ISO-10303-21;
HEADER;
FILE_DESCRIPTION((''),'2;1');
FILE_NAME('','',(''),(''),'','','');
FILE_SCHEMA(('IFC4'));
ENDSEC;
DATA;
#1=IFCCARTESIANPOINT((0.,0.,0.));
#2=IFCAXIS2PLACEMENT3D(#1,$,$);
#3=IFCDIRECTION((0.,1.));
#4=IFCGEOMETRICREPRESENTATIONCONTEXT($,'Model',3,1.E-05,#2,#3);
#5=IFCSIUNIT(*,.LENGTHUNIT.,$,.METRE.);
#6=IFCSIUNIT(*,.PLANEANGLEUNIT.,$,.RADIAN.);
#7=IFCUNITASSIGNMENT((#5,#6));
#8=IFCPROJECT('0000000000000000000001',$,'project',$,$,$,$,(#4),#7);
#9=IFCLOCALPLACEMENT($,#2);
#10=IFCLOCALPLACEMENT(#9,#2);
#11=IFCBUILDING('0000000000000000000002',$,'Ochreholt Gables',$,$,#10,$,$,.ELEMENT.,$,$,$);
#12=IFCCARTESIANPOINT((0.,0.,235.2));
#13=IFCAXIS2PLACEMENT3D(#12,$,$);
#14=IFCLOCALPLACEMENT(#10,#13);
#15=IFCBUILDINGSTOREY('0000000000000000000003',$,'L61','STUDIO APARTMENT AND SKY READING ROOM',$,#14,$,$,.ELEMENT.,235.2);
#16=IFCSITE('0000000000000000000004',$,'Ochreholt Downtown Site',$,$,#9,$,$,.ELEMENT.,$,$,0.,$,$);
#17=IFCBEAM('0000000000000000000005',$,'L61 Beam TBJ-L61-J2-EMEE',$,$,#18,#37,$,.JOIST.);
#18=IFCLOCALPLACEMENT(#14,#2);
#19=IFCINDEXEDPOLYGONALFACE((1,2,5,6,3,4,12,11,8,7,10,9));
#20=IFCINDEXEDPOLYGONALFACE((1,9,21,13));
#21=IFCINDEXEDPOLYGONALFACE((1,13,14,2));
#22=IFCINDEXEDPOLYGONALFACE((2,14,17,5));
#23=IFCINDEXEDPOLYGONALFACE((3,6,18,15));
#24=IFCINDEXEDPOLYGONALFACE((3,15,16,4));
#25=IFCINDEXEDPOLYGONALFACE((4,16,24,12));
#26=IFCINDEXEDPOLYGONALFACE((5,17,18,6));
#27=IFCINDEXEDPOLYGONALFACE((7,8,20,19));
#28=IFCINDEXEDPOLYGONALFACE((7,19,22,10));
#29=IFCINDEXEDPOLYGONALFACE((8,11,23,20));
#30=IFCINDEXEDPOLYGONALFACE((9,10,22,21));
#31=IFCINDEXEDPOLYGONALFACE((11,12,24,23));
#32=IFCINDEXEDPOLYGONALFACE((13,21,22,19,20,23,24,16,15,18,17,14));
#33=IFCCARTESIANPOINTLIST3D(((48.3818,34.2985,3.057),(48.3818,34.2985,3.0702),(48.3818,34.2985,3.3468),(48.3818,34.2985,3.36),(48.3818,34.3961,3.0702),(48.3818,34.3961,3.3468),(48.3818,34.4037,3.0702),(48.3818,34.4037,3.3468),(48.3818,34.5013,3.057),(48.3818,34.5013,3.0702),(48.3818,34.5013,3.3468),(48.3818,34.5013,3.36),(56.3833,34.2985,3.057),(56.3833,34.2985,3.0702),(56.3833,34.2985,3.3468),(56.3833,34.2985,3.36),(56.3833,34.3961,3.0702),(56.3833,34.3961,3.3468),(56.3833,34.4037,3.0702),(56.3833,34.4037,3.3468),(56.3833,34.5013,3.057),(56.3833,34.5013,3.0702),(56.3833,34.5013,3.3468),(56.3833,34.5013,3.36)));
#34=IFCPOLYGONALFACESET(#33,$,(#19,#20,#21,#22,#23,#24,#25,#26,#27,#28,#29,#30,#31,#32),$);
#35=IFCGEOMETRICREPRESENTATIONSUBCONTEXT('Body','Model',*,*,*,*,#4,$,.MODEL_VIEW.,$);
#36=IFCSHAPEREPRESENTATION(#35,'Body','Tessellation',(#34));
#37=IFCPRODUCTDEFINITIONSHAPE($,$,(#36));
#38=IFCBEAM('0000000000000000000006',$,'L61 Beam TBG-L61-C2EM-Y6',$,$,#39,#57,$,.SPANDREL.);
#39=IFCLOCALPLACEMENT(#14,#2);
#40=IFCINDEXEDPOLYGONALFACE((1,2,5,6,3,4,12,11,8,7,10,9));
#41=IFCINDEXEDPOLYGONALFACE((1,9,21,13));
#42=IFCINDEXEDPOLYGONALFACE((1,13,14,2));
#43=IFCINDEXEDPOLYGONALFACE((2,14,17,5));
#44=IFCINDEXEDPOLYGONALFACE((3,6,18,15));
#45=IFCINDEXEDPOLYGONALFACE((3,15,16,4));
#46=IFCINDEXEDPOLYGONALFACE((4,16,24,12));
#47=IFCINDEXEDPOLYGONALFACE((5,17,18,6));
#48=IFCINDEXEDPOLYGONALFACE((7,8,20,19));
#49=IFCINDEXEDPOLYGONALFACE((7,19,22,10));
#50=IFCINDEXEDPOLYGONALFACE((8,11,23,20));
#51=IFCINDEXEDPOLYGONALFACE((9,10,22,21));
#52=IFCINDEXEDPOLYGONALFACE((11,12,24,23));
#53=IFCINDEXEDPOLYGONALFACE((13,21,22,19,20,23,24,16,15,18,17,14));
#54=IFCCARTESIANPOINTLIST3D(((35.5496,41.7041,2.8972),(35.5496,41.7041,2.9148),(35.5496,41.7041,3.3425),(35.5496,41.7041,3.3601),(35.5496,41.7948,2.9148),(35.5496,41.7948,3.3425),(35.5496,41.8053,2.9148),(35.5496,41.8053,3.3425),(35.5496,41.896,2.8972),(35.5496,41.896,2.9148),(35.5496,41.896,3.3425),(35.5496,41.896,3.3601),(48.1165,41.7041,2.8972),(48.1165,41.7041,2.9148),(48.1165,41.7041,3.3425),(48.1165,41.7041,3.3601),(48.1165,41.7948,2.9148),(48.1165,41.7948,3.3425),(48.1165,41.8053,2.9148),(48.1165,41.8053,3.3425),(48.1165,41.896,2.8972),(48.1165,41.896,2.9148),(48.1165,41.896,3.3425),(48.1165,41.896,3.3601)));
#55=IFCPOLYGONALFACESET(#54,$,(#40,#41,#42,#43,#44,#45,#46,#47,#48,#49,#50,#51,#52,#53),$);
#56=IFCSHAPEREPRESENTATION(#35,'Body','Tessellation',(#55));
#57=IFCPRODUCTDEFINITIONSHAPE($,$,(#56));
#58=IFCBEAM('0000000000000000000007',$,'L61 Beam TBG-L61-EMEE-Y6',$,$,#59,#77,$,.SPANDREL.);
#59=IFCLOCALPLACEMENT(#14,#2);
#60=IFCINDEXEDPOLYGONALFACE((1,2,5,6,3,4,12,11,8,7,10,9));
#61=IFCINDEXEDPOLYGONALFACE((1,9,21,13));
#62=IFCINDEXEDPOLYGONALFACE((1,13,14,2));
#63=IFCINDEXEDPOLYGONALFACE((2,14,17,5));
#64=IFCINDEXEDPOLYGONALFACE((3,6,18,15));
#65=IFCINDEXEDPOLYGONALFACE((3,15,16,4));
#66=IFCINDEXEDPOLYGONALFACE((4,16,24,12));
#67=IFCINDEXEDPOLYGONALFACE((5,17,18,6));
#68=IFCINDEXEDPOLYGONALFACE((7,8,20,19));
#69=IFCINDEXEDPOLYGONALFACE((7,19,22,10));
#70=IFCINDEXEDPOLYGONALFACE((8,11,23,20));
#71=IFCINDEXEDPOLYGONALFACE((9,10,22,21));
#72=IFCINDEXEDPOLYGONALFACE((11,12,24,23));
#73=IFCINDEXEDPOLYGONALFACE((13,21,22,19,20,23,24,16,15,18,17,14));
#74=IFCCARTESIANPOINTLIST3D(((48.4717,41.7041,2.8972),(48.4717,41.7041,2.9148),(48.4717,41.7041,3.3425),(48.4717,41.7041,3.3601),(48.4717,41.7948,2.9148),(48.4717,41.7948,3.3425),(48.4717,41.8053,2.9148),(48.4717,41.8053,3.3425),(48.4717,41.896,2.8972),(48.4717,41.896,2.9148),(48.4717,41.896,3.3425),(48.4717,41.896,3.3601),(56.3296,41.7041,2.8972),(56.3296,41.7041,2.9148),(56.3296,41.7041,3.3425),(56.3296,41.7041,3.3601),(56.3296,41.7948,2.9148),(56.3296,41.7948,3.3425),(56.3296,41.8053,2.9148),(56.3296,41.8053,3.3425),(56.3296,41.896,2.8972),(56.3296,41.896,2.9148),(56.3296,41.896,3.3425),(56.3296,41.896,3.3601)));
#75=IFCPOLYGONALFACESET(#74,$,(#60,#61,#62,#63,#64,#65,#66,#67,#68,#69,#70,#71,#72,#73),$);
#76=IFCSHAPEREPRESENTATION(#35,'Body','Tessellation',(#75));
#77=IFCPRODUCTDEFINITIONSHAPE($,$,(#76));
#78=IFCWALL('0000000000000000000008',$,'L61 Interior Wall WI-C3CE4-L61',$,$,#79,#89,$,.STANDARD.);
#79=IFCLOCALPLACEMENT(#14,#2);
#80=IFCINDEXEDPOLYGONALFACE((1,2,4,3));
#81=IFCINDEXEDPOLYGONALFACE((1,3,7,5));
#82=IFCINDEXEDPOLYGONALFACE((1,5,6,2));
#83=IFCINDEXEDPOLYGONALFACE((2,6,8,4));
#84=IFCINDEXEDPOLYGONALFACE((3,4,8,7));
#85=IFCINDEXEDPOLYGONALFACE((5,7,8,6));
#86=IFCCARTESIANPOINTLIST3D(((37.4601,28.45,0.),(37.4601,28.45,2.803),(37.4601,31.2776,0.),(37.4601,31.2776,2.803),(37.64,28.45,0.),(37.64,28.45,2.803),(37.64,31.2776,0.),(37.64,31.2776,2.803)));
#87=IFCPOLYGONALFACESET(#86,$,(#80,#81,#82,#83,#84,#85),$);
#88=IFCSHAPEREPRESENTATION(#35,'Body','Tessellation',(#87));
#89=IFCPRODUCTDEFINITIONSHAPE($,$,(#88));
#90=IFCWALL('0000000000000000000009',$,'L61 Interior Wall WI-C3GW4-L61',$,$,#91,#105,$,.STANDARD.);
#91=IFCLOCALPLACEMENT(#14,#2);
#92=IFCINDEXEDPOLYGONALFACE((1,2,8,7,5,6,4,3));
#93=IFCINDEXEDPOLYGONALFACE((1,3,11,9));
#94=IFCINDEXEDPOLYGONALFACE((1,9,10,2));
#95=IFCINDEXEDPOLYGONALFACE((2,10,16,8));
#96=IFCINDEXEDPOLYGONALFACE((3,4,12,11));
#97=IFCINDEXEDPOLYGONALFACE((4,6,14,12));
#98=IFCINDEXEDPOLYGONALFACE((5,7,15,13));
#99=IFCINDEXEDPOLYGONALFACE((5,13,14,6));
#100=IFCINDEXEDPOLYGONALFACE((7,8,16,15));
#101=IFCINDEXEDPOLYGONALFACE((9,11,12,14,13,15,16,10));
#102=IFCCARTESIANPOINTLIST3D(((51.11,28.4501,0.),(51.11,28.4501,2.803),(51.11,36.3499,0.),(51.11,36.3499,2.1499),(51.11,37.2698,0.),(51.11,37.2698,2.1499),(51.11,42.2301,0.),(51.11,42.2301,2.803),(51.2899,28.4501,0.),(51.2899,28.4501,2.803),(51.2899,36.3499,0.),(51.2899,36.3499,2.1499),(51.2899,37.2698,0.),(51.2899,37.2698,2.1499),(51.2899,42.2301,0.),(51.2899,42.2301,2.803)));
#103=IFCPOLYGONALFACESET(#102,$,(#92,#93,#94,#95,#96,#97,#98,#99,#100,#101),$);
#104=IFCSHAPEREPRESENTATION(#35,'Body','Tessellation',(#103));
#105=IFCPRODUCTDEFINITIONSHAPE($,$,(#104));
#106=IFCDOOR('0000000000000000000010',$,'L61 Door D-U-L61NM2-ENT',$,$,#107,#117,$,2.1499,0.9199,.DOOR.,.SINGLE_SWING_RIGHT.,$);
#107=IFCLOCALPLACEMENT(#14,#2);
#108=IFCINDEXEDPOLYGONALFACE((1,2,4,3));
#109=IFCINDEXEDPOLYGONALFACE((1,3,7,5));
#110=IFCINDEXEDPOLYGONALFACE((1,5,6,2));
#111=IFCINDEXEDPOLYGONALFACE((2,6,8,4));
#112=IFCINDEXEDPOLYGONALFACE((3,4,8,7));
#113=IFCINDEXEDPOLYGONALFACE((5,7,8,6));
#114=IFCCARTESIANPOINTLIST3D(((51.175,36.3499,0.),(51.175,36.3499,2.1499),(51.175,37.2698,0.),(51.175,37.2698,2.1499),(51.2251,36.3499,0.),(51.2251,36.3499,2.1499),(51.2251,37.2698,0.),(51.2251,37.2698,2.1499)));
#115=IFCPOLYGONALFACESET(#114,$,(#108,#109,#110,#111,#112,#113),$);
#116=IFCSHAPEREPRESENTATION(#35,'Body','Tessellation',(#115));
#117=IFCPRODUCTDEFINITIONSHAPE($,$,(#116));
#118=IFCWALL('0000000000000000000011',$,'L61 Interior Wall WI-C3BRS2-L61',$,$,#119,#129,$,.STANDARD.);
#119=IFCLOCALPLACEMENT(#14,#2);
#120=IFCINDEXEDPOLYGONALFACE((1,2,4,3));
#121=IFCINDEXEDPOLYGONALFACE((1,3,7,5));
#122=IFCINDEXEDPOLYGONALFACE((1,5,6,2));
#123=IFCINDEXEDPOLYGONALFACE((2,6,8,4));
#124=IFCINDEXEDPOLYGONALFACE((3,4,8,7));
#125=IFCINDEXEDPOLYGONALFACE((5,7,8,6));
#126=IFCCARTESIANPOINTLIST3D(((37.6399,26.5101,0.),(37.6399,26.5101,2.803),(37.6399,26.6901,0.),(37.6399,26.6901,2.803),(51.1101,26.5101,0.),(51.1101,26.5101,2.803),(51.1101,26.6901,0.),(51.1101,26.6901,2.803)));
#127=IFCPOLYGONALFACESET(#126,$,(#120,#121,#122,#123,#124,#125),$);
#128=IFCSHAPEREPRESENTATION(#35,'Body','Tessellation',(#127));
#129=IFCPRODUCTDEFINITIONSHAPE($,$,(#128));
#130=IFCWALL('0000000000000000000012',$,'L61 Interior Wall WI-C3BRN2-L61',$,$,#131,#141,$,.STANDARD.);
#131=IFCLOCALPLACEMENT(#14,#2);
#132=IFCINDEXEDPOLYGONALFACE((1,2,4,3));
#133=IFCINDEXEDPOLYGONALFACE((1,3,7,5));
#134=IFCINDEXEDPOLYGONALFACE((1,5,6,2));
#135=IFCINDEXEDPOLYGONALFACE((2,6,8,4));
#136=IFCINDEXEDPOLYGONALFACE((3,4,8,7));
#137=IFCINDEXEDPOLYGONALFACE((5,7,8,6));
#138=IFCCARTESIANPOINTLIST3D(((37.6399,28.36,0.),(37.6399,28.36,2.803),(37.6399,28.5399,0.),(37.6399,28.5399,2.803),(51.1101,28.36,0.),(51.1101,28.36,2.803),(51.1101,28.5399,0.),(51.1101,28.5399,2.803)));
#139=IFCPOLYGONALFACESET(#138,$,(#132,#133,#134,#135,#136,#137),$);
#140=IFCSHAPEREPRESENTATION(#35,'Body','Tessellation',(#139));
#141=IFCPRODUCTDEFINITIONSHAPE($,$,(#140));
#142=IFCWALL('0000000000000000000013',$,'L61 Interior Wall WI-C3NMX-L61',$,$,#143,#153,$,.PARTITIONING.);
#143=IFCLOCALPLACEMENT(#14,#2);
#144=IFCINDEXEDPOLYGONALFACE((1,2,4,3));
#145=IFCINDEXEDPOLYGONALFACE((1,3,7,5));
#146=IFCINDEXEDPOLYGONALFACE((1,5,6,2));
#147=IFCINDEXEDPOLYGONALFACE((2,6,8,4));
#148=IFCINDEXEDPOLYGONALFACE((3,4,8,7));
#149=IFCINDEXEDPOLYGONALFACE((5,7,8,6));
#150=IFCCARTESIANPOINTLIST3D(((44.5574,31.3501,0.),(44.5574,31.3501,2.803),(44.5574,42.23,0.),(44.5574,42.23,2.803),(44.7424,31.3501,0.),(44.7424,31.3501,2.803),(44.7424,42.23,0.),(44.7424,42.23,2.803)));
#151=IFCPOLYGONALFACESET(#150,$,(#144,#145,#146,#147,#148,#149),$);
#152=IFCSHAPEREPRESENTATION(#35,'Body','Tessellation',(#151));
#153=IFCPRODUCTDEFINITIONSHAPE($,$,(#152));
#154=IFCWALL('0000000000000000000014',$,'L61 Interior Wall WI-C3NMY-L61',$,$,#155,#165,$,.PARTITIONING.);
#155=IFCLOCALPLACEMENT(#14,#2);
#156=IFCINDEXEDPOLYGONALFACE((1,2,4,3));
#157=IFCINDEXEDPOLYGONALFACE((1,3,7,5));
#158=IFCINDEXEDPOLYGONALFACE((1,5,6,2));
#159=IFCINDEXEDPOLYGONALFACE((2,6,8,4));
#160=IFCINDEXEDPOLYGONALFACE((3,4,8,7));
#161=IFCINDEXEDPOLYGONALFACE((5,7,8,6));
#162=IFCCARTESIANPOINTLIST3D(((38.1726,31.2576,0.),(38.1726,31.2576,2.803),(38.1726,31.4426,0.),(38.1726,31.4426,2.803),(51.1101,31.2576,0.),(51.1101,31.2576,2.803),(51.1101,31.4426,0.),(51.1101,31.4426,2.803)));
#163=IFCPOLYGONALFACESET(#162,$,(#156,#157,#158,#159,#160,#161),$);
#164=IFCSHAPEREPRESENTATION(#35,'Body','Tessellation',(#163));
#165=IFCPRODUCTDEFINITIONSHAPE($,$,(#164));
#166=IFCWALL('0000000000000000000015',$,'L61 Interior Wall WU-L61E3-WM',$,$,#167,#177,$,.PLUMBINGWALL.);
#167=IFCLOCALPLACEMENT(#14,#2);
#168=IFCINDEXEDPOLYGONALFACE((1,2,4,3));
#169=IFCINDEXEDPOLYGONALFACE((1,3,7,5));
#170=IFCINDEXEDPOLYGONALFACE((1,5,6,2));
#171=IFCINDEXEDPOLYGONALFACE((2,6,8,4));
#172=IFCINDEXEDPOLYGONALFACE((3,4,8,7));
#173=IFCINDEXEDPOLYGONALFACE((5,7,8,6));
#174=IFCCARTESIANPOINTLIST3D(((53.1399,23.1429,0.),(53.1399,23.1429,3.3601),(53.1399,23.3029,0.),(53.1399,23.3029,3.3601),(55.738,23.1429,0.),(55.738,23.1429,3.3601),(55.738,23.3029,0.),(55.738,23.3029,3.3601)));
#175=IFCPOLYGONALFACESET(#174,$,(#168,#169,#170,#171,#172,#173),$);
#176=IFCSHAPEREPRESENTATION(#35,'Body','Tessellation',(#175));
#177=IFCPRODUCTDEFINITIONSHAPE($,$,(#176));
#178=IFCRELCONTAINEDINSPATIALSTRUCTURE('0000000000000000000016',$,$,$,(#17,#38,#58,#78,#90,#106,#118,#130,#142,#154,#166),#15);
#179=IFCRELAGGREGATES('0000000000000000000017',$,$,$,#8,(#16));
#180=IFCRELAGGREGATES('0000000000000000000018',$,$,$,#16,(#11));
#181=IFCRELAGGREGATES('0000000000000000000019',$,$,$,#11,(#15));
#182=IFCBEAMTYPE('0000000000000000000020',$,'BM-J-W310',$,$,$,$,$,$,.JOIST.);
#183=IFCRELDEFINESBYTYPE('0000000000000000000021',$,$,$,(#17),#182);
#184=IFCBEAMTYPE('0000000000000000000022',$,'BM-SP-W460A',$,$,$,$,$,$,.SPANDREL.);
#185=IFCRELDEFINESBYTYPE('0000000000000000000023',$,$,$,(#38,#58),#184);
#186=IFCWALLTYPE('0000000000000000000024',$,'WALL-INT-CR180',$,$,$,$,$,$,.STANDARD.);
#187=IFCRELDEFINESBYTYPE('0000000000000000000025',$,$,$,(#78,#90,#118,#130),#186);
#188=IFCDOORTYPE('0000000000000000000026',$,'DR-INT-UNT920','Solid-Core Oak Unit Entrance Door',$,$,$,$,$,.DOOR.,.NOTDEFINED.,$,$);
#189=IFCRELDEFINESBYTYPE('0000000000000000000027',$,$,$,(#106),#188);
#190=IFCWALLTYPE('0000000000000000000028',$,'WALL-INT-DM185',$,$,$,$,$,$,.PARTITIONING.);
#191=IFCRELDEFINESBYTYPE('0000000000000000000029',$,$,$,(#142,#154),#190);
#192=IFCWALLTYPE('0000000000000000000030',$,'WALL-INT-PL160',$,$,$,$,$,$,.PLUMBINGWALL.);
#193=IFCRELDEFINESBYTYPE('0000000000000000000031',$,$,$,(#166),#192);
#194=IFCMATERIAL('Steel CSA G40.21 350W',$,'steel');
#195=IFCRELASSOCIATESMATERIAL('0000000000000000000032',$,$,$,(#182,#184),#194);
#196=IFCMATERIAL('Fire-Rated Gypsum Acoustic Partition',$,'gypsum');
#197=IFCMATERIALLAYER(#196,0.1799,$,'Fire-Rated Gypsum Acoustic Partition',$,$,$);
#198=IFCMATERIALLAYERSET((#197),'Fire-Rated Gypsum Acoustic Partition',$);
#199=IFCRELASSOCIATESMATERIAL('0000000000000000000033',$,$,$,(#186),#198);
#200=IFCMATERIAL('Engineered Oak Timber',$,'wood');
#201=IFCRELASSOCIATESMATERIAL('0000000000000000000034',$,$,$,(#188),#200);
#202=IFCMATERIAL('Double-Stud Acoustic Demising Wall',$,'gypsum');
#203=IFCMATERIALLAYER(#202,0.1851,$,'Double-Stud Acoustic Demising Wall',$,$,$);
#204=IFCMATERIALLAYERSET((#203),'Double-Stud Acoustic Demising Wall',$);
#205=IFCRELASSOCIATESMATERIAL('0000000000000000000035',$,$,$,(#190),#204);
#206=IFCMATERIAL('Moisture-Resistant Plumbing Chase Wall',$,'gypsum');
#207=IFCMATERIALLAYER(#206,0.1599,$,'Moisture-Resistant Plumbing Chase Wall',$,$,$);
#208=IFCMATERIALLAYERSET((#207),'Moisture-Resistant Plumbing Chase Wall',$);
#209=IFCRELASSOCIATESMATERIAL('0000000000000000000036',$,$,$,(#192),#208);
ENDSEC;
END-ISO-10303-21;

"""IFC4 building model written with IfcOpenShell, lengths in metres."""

from ifc_helpers import new_model, si_unit, direction, frame, frame_2d, origin, origin_2d, place, context, subcontext, project, spatial, rectangle, i_section, extrude, material, layer, layer_set, material_profile, profile_set, type_object, element, fill, save


model = new_model("IFC4")

# Units and contexts
model_context = context("Model", 3, precision=1e-05, world=origin(), true_north=direction((0.0, 1.0)))
body_context = subcontext(model_context, "Body", "Model", "MODEL_VIEW")
ifc_project = project(units=[si_unit("LENGTHUNIT", "METRE"), si_unit("PLANEANGLEUNIT", "RADIAN")], contexts=[model_context])

# Site, building, storey
site_placement = place(None, origin())
site = spatial("IfcSite", under=ifc_project, at=site_placement, Name="Ochreholt Downtown Site", CompositionType="ELEMENT", RefElevation=0.0)
building_placement = place(site_placement, origin())
building = spatial("IfcBuilding", under=site, at=building_placement, Name="Ochreholt Gables", CompositionType="ELEMENT")
storey_placement = place(building_placement, frame((0.0, 0.0, 235.2)))
storey = spatial("IfcBuildingStorey", under=building, at=storey_placement, Name="L61", Description="STUDIO APARTMENT AND SKY READING ROOM", CompositionType="ELEMENT", Elevation=235.2)

# Shared definitions
ifc_material_1 = material(Name="Steel CSA G40.21 350W", Category="steel")

# Beams
ifc_material_profile_1 = material_profile(ifc_material_1, i_section(OverallWidth=0.2029, OverallDepth=0.303, WebThickness=0.0076, FlangeThickness=0.0132, at=origin_2d()), Name="W310X60")
ifc_profile_set_1 = profile_set([ifc_material_profile_1], Name="Steel CSA G40.21 350W")
beam_type_1 = type_object("IfcBeamType", Name="BM-J-W310", PredefinedType="JOIST", material=ifc_profile_set_1)
beam_1_placement = place(storey_placement, frame((48.3818, 34.3999, 3.2085), z_axis=(1.0, 0.0, 0.0), x_axis=(0.0, 1.0, 0.0)))
element("IfcBeam", 1, at=beam_1_placement, inside=storey, type_object=beam_type_1, Name="L61 Beam TBJ-L61-J2-EMEE", PredefinedType="JOIST", context=body_context, shape_type="SweptSolid", body=[
    extrude(i_section(OverallWidth=0.2029, OverallDepth=0.303, WebThickness=0.0076, FlangeThickness=0.0132, at=origin_2d()), origin(), (0.0, 0.0, 1.0), 8.0015),
])
ifc_material_profile_2 = material_profile(ifc_material_1, i_section(OverallWidth=0.1919, OverallDepth=0.4629, WebThickness=0.0105, FlangeThickness=0.0176, at=origin_2d()), Name="W460X89")
ifc_profile_set_2 = profile_set([ifc_material_profile_2], Name="Steel CSA G40.21 350W")
beam_type_2 = type_object("IfcBeamType", Name="BM-SP-W460A", PredefinedType="SPANDREL", material=ifc_profile_set_2)
beam_2_placement = place(storey_placement, frame((35.5496, 41.8, 3.1287), z_axis=(1.0, 0.0, 0.0), x_axis=(0.0, 1.0, 0.0)))
element("IfcBeam", 2, at=beam_2_placement, inside=storey, type_object=beam_type_2, Name="L61 Beam TBG-L61-C2EM-Y6", PredefinedType="SPANDREL", context=body_context, shape_type="SweptSolid", body=[
    extrude(i_section(OverallWidth=0.1919, OverallDepth=0.4629, WebThickness=0.0105, FlangeThickness=0.0176, at=origin_2d()), origin(), (0.0, 0.0, 1.0), 12.5669),
])
beam_3_placement = place(storey_placement, frame((48.4717, 41.8, 3.1287), z_axis=(1.0, 0.0, 0.0), x_axis=(0.0, 1.0, 0.0)))
element("IfcBeam", 3, at=beam_3_placement, inside=storey, type_object=beam_type_2, Name="L61 Beam TBG-L61-EMEE-Y6", PredefinedType="SPANDREL", context=body_context, shape_type="SweptSolid", body=[
    extrude(i_section(OverallWidth=0.1919, OverallDepth=0.4629, WebThickness=0.0105, FlangeThickness=0.0176, at=origin_2d()), origin(), (0.0, 0.0, 1.0), 7.8579),
])

# Wall
ifc_material_2 = material(Name="Fire-Rated Gypsum Acoustic Partition", Category="gypsum")
ifc_layer_1 = layer(ifc_material_2, 0.1799, Name="Fire-Rated Gypsum Acoustic Partition")
ifc_layer_set_1 = layer_set([ifc_layer_1], Name="Fire-Rated Gypsum Acoustic Partition")
wall_type_1 = type_object("IfcWallType", Name="WALL-INT-CR180", PredefinedType="STANDARD", material=ifc_layer_set_1)
wall_1_placement = place(storey_placement, frame((37.55, 28.45, 0.0), z_axis=(0.0, 0.0, 1.0), x_axis=(0.0, 1.0, 0.0)))
element("IfcWall", 4, at=wall_1_placement, inside=storey, type_object=wall_type_1, Name="L61 Interior Wall WI-C3CE4-L61", PredefinedType="STANDARD", context=body_context, shape_type="SweptSolid", body=[
    extrude(rectangle(XDim=2.8276, YDim=0.1799, at=frame_2d((1.4138, 0.0))), origin(), (0.0, 0.0, 1.0), 2.803),
])

# Wall, opening, door
wall_2_placement = place(storey_placement, frame((51.2, 28.45, 0.0), z_axis=(0.0, 0.0, 1.0), x_axis=(0.0, 1.0, 0.0)))
wall_2 = element("IfcWall", 5, at=wall_2_placement, inside=storey, type_object=wall_type_1, Name="L61 Interior Wall WI-C3GW4-L61", PredefinedType="STANDARD", context=body_context, shape_type="SweptSolid", body=[
    extrude(rectangle(XDim=13.78, YDim=0.1799, at=frame_2d((6.8901, 0.0))), origin(), (0.0, 0.0, 1.0), 2.803),
])
opening_1_placement = place(wall_2_placement, frame((7.8999, 0.0, 0.0)))
opening_1 = element("IfcOpeningElement", 6, at=opening_1_placement, cuts=wall_2, PredefinedType="OPENING", context=body_context, shape_type="SweptSolid", body=[
    extrude(rectangle(XDim=0.9199, YDim=2.1499, at=frame_2d((0.46, 1.075))), frame((0.0, 0.0999, 0.0), z_axis=(0.0, -1.0, 0.0), x_axis=(1.0, 0.0, 0.0)), (0.0, 0.0, 1.0), 0.2),
])
ifc_material_3 = material(Name="Engineered Oak Timber", Category="wood")
door_type_1 = type_object("IfcDoorType", Name="DR-INT-UNT920", Description="Solid-Core Oak Unit Entrance Door", OperationType="NOTDEFINED", PredefinedType="DOOR", material=ifc_material_3)
door_1_placement = place(opening_1_placement, origin())
door_1 = element("IfcDoor", 7, at=door_1_placement, inside=storey, type_object=door_type_1, Name="L61 Door D-U-L61NM2-ENT", OperationType="SINGLE_SWING_RIGHT", OverallHeight=2.1499, OverallWidth=0.9199, PredefinedType="DOOR", context=body_context, shape_type="SweptSolid", body=[
    extrude(rectangle(XDim=0.9199, YDim=2.1499, at=frame_2d((0.46, 1.075))), frame((0.0, 0.0249, 0.0), z_axis=(0.0, -1.0, 0.0), x_axis=(1.0, 0.0, 0.0)), (0.0, 0.0, 1.0), 0.05),
])
fill(opening_1, door_1)

# Walls
for number, where, z_axis, x_axis, name in (
    (8, (37.6399, 26.6001, 0.0), (0.0, 0.0, 1.0), (1.0, 0.0, 0.0), "L61 Interior Wall WI-C3BRS2-L61"),
    (9, (37.6399, 28.45, 0.0), (0.0, 0.0, 1.0), (1.0, 0.0, 0.0), "L61 Interior Wall WI-C3BRN2-L61"),
):
    element("IfcWall", number, at=place(storey_placement, frame(where, z_axis=z_axis, x_axis=x_axis)), inside=storey, type_object=wall_type_1, Name=name, PredefinedType="STANDARD", context=body_context, shape_type="SweptSolid", body=[
        extrude(rectangle(XDim=13.4702, YDim=0.1799, at=frame_2d((6.7351, 0.0))), origin(), (0.0, 0.0, 1.0), 2.803),
    ])
ifc_material_4 = material(Name="Double-Stud Acoustic Demising Wall", Category="gypsum")
ifc_layer_2 = layer(ifc_material_4, 0.1851, Name="Double-Stud Acoustic Demising Wall")
ifc_layer_set_2 = layer_set([ifc_layer_2], Name="Double-Stud Acoustic Demising Wall")
wall_type_2 = type_object("IfcWallType", Name="WALL-INT-DM185", PredefinedType="PARTITIONING", material=ifc_layer_set_2)
wall_3_placement = place(storey_placement, frame((44.6499, 31.3501, 0.0), z_axis=(0.0, 0.0, 1.0), x_axis=(0.0, 1.0, 0.0)))
element("IfcWall", 10, at=wall_3_placement, inside=storey, type_object=wall_type_2, Name="L61 Interior Wall WI-C3NMX-L61", PredefinedType="PARTITIONING", context=body_context, shape_type="SweptSolid", body=[
    extrude(rectangle(XDim=10.8799, YDim=0.1851, at=frame_2d((5.4399, 0.0))), origin(), (0.0, 0.0, 1.0), 2.803),
])
wall_4_placement = place(storey_placement, frame((38.1726, 31.3501, 0.0), z_axis=(0.0, 0.0, 1.0), x_axis=(1.0, 0.0, 0.0)))
element("IfcWall", 11, at=wall_4_placement, inside=storey, type_object=wall_type_2, Name="L61 Interior Wall WI-C3NMY-L61", PredefinedType="PARTITIONING", context=body_context, shape_type="SweptSolid", body=[
    extrude(rectangle(XDim=12.9375, YDim=0.1851, at=frame_2d((6.4688, 0.0))), origin(), (0.0, 0.0, 1.0), 2.803),
])
ifc_material_5 = material(Name="Moisture-Resistant Plumbing Chase Wall", Category="gypsum")
ifc_layer_3 = layer(ifc_material_5, 0.1599, Name="Moisture-Resistant Plumbing Chase Wall")
ifc_layer_set_3 = layer_set([ifc_layer_3], Name="Moisture-Resistant Plumbing Chase Wall")
wall_type_3 = type_object("IfcWallType", Name="WALL-INT-PL160", PredefinedType="PLUMBINGWALL", material=ifc_layer_set_3)
wall_5_placement = place(storey_placement, frame((53.1399, 23.2229, 0.0), z_axis=(0.0, 0.0, 1.0), x_axis=(1.0, 0.0, 0.0)))
element("IfcWall", 12, at=wall_5_placement, inside=storey, type_object=wall_type_3, Name="L61 Interior Wall WU-L61E3-WM", PredefinedType="PLUMBINGWALL", context=body_context, shape_type="SweptSolid", body=[
    extrude(rectangle(XDim=2.5981, YDim=0.1599, at=frame_2d((1.2991, 0.0))), origin(), (0.0, 0.0, 1.0), 3.3601),
])

save(model, "model.ifc")
